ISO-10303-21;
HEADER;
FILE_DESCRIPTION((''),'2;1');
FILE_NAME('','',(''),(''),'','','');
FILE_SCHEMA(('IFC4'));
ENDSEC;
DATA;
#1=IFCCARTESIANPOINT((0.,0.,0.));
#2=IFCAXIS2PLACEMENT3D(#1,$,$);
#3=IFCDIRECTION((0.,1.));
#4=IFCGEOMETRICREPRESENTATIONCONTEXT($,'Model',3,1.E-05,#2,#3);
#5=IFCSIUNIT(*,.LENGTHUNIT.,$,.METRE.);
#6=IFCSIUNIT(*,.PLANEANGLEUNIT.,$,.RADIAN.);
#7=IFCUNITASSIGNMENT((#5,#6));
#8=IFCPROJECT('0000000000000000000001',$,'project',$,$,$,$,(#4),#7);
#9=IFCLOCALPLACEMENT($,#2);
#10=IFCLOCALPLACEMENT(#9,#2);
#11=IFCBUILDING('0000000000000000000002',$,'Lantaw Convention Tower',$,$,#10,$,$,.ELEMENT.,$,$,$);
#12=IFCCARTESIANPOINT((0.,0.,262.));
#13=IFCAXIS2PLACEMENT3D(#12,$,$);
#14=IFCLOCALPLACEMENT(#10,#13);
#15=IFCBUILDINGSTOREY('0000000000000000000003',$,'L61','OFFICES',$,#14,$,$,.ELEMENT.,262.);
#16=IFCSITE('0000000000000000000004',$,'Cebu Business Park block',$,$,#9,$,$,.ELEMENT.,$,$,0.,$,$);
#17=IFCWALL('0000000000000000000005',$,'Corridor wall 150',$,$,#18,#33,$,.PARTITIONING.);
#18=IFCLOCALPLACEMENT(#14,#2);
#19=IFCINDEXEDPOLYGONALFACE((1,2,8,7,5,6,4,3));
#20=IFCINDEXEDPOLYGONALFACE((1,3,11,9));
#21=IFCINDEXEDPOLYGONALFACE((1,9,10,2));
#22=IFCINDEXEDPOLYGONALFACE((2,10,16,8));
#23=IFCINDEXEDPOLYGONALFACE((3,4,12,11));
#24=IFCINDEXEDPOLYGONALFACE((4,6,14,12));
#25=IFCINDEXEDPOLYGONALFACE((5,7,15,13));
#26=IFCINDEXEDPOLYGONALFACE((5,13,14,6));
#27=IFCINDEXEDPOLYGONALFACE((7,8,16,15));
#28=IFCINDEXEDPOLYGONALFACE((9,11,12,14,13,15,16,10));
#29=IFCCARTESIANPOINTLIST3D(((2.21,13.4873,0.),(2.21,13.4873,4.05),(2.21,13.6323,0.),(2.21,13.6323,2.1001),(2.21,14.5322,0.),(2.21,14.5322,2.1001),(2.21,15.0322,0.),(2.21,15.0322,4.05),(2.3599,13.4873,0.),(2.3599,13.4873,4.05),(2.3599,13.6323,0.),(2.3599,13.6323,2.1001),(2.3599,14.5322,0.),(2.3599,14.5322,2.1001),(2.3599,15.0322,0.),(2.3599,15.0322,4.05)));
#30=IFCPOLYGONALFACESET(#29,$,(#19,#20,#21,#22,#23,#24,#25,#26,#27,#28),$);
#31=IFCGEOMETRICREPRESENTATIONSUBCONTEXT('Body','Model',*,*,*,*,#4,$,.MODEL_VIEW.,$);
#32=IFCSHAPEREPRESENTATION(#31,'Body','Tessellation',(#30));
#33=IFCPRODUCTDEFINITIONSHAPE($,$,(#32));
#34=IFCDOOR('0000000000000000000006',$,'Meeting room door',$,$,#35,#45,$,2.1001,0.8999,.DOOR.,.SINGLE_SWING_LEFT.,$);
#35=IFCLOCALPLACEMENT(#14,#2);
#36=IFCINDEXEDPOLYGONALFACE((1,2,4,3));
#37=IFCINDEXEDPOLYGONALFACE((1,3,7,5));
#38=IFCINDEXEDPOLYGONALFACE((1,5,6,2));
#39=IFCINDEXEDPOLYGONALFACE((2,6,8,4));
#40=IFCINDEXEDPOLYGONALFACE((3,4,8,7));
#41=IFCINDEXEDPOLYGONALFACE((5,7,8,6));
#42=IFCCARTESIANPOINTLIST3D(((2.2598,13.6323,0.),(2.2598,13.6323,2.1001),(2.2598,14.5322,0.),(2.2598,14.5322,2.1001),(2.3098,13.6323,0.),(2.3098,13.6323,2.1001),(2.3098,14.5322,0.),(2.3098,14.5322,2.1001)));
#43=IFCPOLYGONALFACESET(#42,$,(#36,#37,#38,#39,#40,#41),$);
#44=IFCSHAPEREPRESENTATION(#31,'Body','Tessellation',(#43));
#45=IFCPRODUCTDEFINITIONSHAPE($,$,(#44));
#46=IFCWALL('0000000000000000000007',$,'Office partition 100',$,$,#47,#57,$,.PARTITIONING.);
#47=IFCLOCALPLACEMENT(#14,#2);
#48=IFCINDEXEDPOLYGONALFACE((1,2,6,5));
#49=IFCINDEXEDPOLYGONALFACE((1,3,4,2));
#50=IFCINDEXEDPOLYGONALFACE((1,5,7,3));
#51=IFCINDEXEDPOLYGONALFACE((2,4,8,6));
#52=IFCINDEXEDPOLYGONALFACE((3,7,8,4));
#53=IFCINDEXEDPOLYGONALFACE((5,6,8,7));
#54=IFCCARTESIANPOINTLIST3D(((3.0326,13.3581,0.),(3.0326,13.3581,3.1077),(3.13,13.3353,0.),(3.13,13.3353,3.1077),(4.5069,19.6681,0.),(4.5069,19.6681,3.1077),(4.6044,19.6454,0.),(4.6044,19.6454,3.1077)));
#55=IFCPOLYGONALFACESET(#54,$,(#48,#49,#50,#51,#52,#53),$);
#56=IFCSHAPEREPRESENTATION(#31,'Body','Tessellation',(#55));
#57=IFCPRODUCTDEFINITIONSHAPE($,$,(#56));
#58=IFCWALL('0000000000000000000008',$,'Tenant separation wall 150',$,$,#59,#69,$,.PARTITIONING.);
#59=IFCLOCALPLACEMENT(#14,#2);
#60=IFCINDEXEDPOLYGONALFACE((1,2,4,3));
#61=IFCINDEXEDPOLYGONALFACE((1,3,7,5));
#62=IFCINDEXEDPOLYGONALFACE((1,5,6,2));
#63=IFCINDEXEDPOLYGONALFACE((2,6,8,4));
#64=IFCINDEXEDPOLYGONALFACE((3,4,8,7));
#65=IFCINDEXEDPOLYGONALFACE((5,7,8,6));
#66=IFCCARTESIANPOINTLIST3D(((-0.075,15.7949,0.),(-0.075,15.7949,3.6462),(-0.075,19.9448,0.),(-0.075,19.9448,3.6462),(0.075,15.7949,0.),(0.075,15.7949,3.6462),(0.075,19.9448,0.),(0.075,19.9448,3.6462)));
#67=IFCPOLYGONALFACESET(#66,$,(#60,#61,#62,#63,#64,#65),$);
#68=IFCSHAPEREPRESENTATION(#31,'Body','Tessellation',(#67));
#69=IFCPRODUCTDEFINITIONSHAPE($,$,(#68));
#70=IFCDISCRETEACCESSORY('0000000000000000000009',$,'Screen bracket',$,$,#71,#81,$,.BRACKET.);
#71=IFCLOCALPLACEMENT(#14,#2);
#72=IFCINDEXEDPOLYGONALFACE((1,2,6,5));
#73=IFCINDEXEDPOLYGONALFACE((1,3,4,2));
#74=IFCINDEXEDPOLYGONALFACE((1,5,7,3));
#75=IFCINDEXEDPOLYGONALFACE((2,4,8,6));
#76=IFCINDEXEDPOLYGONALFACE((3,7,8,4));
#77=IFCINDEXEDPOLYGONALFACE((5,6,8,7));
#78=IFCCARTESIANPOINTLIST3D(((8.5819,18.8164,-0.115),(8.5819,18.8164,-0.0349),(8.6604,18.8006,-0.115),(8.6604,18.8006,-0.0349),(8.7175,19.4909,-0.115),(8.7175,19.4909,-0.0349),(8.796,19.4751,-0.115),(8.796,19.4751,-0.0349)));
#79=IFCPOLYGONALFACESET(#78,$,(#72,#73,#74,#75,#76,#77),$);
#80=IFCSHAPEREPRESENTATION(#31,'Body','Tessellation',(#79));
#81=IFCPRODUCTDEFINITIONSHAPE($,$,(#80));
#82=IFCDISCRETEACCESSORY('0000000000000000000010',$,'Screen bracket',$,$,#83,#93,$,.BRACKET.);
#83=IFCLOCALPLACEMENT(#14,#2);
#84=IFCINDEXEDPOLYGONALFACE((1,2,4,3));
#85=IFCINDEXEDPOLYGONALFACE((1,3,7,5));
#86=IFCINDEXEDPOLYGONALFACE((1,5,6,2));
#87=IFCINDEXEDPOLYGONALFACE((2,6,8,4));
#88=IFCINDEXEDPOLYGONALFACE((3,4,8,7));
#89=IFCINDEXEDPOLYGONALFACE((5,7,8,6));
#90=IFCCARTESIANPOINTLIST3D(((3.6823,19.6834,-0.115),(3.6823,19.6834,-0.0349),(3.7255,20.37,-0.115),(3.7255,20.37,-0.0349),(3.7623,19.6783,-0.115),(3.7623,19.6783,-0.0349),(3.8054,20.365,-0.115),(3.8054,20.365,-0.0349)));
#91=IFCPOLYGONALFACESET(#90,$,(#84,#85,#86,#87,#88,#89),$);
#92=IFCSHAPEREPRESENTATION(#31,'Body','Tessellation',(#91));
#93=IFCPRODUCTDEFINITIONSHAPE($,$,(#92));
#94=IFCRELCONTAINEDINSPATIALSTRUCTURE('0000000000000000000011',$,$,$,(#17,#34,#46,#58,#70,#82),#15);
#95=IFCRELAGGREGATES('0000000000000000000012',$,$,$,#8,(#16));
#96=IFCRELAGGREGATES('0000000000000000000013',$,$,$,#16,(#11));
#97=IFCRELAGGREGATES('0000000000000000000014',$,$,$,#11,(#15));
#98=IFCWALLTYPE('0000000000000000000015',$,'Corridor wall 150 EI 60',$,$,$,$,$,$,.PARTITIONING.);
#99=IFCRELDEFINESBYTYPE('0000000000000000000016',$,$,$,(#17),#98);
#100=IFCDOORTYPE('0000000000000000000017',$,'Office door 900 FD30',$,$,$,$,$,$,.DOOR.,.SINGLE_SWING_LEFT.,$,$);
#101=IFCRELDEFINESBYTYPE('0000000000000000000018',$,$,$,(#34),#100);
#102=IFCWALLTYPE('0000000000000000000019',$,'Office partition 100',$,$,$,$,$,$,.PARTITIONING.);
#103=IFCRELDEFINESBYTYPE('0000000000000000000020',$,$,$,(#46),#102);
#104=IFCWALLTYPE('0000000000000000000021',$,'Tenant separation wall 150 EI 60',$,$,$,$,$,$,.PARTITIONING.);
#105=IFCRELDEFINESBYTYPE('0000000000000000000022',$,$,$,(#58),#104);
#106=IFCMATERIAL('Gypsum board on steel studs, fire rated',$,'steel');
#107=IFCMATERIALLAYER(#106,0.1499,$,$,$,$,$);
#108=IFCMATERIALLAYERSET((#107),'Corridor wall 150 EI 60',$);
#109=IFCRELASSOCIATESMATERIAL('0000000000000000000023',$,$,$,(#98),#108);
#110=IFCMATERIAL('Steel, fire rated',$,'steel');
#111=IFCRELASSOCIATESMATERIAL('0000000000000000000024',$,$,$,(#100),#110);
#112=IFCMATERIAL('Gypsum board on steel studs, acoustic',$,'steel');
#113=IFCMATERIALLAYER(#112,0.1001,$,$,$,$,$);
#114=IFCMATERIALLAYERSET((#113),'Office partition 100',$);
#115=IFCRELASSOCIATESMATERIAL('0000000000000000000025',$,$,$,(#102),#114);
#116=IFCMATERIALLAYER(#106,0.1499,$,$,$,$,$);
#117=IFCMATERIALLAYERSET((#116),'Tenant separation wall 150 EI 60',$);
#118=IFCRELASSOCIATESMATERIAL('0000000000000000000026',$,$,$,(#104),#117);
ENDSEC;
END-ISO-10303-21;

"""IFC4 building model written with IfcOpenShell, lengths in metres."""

from ifc_helpers import new_model, si_unit, direction, frame, frame_2d, origin, origin_2d, place, context, subcontext, project, spatial, rectangle, extrude, material, layer, layer_set, type_object, element, fill, save


model = new_model("IFC4")

# Units and contexts
model_context = context("Model", 3, precision=1e-05, world=origin(), true_north=direction((0.0, 1.0)))
body_context = subcontext(model_context, "Body", "Model", "MODEL_VIEW")
ifc_project = project(units=[si_unit("LENGTHUNIT", "METRE"), si_unit("PLANEANGLEUNIT", "RADIAN")], contexts=[model_context])

# Site, building, storey
site_placement = place(None, origin())
site = spatial("IfcSite", under=ifc_project, at=site_placement, Name="Cebu Business Park block", CompositionType="ELEMENT", RefElevation=0.0)
building_placement = place(site_placement, origin())
building = spatial("IfcBuilding", under=site, at=building_placement, Name="Lantaw Convention Tower", CompositionType="ELEMENT")
storey_placement = place(building_placement, frame((0.0, 0.0, 262.0)))
storey = spatial("IfcBuildingStorey", under=building, at=storey_placement, Name="L61", Description="OFFICES", CompositionType="ELEMENT", Elevation=262.0)

# Shared definitions
ifc_material_1 = material(Name="Gypsum board on steel studs, fire rated", Category="steel")
ifc_layer_1 = layer(ifc_material_1, 0.1499)
ifc_layer_set_1 = layer_set([ifc_layer_1], Name="Corridor wall 150 EI 60")
wall_type_1 = type_object("IfcWallType", Name="Corridor wall 150 EI 60", PredefinedType="PARTITIONING", material=ifc_layer_set_1)

# Wall, opening, door
wall_1_placement = place(storey_placement, frame((2.2849, 15.0322, 0.0), z_axis=(0.0, 0.0, 1.0), x_axis=(0.0, -1.0, 0.0)))
wall_1 = element("IfcWall", 1, at=wall_1_placement, inside=storey, type_object=wall_type_1, Name="Corridor wall 150", PredefinedType="PARTITIONING", context=body_context, shape_type="SweptSolid", body=[
    extrude(rectangle(XDim=1.5449, YDim=0.1499, at=frame_2d((0.7725, 0.0))), origin(), (0.0, 0.0, 1.0), 4.05),
])
opening_placement = place(wall_1_placement, frame((0.5, 0.0, 0.0)))
opening = element("IfcOpeningElement", 2, at=opening_placement, cuts=wall_1, PredefinedType="OPENING", context=body_context, shape_type="SweptSolid", body=[
    extrude(rectangle(XDim=0.8999, YDim=2.1001, at=frame_2d((0.45, 1.05))), frame((0.0, 0.085, 0.0), z_axis=(0.0, -1.0, 0.0), x_axis=(1.0, 0.0, 0.0)), (0.0, 0.0, 1.0), 0.1699),
])
ifc_material_2 = material(Name="Steel, fire rated", Category="steel")
door_type = type_object("IfcDoorType", Name="Office door 900 FD30", OperationType="SINGLE_SWING_LEFT", PredefinedType="DOOR", material=ifc_material_2)
door_placement = place(opening_placement, origin())
door = element("IfcDoor", 3, at=door_placement, inside=storey, type_object=door_type, Name="Meeting room door", OperationType="SINGLE_SWING_LEFT", OverallHeight=2.1001, OverallWidth=0.8999, PredefinedType="DOOR", context=body_context, shape_type="SweptSolid", body=[
    extrude(rectangle(XDim=0.8999, YDim=2.1001, at=frame_2d((0.45, 1.05))), frame((0.0, 0.0249, 0.0), z_axis=(0.0, -1.0, 0.0), x_axis=(1.0, 0.0, 0.0)), (0.0, 0.0, 1.0), 0.05),
])
fill(opening, door)

# Walls
ifc_material_3 = material(Name="Gypsum board on steel studs, acoustic", Category="steel")
ifc_layer_2 = layer(ifc_material_3, 0.1001)
ifc_layer_set_2 = layer_set([ifc_layer_2], Name="Office partition 100")
wall_type_2 = type_object("IfcWallType", Name="Office partition 100", PredefinedType="PARTITIONING", material=ifc_layer_set_2)
wall_2_placement = place(storey_placement, frame((4.5557, 19.6567, 0.0), z_axis=(0.0, 0.0, 1.0), x_axis=(-0.227525, -0.973772, 0.0)))
element("IfcWall", 4, at=wall_2_placement, inside=storey, type_object=wall_type_2, Name="Office partition 100", PredefinedType="PARTITIONING", context=body_context, shape_type="SweptSolid", body=[
    extrude(rectangle(XDim=6.48, YDim=0.1001, at=frame_2d((3.24, 0.0))), origin(), (0.0, 0.0, 1.0), 3.1077),
])
ifc_layer_3 = layer(ifc_material_1, 0.1499)
ifc_layer_set_3 = layer_set([ifc_layer_3], Name="Tenant separation wall 150 EI 60")
wall_type_3 = type_object("IfcWallType", Name="Tenant separation wall 150 EI 60", PredefinedType="PARTITIONING", material=ifc_layer_set_3)
wall_3_placement = place(storey_placement, frame((0.0, 19.9448, 0.0), z_axis=(0.0, 0.0, 1.0), x_axis=(0.0, -1.0, 0.0)))
element("IfcWall", 5, at=wall_3_placement, inside=storey, type_object=wall_type_3, Name="Tenant separation wall 150", PredefinedType="PARTITIONING", context=body_context, shape_type="SweptSolid", body=[
    extrude(rectangle(XDim=4.1499, YDim=0.1499, at=frame_2d((2.075, 0.0))), origin(), (0.0, 0.0, 1.0), 3.6462),
])

# Discrete accessories
for number, where, z_axis, x_axis, name in (
    (6, (8.689, 19.1458, -0.115), (0.0, 0.0, 1.0), (-0.980367, 0.197183, 0.0), "Screen bracket"),
    (7, (3.7439, 20.0242, -0.115), (0.0, 0.0, 1.0), (-0.998029, 0.062758, 0.0), "Screen bracket"),
):
    element("IfcDiscreteAccessory", number, at=place(storey_placement, frame(where, z_axis=z_axis, x_axis=x_axis)), inside=storey, Name=name, PredefinedType="BRACKET", context=body_context, shape_type="SweptSolid", body=[
        extrude(rectangle(XDim=0.0801, YDim=0.688, at=origin_2d()), origin(), (0.0, 0.0, 1.0), 0.0801),
    ])

save(model, "model.ifc")
